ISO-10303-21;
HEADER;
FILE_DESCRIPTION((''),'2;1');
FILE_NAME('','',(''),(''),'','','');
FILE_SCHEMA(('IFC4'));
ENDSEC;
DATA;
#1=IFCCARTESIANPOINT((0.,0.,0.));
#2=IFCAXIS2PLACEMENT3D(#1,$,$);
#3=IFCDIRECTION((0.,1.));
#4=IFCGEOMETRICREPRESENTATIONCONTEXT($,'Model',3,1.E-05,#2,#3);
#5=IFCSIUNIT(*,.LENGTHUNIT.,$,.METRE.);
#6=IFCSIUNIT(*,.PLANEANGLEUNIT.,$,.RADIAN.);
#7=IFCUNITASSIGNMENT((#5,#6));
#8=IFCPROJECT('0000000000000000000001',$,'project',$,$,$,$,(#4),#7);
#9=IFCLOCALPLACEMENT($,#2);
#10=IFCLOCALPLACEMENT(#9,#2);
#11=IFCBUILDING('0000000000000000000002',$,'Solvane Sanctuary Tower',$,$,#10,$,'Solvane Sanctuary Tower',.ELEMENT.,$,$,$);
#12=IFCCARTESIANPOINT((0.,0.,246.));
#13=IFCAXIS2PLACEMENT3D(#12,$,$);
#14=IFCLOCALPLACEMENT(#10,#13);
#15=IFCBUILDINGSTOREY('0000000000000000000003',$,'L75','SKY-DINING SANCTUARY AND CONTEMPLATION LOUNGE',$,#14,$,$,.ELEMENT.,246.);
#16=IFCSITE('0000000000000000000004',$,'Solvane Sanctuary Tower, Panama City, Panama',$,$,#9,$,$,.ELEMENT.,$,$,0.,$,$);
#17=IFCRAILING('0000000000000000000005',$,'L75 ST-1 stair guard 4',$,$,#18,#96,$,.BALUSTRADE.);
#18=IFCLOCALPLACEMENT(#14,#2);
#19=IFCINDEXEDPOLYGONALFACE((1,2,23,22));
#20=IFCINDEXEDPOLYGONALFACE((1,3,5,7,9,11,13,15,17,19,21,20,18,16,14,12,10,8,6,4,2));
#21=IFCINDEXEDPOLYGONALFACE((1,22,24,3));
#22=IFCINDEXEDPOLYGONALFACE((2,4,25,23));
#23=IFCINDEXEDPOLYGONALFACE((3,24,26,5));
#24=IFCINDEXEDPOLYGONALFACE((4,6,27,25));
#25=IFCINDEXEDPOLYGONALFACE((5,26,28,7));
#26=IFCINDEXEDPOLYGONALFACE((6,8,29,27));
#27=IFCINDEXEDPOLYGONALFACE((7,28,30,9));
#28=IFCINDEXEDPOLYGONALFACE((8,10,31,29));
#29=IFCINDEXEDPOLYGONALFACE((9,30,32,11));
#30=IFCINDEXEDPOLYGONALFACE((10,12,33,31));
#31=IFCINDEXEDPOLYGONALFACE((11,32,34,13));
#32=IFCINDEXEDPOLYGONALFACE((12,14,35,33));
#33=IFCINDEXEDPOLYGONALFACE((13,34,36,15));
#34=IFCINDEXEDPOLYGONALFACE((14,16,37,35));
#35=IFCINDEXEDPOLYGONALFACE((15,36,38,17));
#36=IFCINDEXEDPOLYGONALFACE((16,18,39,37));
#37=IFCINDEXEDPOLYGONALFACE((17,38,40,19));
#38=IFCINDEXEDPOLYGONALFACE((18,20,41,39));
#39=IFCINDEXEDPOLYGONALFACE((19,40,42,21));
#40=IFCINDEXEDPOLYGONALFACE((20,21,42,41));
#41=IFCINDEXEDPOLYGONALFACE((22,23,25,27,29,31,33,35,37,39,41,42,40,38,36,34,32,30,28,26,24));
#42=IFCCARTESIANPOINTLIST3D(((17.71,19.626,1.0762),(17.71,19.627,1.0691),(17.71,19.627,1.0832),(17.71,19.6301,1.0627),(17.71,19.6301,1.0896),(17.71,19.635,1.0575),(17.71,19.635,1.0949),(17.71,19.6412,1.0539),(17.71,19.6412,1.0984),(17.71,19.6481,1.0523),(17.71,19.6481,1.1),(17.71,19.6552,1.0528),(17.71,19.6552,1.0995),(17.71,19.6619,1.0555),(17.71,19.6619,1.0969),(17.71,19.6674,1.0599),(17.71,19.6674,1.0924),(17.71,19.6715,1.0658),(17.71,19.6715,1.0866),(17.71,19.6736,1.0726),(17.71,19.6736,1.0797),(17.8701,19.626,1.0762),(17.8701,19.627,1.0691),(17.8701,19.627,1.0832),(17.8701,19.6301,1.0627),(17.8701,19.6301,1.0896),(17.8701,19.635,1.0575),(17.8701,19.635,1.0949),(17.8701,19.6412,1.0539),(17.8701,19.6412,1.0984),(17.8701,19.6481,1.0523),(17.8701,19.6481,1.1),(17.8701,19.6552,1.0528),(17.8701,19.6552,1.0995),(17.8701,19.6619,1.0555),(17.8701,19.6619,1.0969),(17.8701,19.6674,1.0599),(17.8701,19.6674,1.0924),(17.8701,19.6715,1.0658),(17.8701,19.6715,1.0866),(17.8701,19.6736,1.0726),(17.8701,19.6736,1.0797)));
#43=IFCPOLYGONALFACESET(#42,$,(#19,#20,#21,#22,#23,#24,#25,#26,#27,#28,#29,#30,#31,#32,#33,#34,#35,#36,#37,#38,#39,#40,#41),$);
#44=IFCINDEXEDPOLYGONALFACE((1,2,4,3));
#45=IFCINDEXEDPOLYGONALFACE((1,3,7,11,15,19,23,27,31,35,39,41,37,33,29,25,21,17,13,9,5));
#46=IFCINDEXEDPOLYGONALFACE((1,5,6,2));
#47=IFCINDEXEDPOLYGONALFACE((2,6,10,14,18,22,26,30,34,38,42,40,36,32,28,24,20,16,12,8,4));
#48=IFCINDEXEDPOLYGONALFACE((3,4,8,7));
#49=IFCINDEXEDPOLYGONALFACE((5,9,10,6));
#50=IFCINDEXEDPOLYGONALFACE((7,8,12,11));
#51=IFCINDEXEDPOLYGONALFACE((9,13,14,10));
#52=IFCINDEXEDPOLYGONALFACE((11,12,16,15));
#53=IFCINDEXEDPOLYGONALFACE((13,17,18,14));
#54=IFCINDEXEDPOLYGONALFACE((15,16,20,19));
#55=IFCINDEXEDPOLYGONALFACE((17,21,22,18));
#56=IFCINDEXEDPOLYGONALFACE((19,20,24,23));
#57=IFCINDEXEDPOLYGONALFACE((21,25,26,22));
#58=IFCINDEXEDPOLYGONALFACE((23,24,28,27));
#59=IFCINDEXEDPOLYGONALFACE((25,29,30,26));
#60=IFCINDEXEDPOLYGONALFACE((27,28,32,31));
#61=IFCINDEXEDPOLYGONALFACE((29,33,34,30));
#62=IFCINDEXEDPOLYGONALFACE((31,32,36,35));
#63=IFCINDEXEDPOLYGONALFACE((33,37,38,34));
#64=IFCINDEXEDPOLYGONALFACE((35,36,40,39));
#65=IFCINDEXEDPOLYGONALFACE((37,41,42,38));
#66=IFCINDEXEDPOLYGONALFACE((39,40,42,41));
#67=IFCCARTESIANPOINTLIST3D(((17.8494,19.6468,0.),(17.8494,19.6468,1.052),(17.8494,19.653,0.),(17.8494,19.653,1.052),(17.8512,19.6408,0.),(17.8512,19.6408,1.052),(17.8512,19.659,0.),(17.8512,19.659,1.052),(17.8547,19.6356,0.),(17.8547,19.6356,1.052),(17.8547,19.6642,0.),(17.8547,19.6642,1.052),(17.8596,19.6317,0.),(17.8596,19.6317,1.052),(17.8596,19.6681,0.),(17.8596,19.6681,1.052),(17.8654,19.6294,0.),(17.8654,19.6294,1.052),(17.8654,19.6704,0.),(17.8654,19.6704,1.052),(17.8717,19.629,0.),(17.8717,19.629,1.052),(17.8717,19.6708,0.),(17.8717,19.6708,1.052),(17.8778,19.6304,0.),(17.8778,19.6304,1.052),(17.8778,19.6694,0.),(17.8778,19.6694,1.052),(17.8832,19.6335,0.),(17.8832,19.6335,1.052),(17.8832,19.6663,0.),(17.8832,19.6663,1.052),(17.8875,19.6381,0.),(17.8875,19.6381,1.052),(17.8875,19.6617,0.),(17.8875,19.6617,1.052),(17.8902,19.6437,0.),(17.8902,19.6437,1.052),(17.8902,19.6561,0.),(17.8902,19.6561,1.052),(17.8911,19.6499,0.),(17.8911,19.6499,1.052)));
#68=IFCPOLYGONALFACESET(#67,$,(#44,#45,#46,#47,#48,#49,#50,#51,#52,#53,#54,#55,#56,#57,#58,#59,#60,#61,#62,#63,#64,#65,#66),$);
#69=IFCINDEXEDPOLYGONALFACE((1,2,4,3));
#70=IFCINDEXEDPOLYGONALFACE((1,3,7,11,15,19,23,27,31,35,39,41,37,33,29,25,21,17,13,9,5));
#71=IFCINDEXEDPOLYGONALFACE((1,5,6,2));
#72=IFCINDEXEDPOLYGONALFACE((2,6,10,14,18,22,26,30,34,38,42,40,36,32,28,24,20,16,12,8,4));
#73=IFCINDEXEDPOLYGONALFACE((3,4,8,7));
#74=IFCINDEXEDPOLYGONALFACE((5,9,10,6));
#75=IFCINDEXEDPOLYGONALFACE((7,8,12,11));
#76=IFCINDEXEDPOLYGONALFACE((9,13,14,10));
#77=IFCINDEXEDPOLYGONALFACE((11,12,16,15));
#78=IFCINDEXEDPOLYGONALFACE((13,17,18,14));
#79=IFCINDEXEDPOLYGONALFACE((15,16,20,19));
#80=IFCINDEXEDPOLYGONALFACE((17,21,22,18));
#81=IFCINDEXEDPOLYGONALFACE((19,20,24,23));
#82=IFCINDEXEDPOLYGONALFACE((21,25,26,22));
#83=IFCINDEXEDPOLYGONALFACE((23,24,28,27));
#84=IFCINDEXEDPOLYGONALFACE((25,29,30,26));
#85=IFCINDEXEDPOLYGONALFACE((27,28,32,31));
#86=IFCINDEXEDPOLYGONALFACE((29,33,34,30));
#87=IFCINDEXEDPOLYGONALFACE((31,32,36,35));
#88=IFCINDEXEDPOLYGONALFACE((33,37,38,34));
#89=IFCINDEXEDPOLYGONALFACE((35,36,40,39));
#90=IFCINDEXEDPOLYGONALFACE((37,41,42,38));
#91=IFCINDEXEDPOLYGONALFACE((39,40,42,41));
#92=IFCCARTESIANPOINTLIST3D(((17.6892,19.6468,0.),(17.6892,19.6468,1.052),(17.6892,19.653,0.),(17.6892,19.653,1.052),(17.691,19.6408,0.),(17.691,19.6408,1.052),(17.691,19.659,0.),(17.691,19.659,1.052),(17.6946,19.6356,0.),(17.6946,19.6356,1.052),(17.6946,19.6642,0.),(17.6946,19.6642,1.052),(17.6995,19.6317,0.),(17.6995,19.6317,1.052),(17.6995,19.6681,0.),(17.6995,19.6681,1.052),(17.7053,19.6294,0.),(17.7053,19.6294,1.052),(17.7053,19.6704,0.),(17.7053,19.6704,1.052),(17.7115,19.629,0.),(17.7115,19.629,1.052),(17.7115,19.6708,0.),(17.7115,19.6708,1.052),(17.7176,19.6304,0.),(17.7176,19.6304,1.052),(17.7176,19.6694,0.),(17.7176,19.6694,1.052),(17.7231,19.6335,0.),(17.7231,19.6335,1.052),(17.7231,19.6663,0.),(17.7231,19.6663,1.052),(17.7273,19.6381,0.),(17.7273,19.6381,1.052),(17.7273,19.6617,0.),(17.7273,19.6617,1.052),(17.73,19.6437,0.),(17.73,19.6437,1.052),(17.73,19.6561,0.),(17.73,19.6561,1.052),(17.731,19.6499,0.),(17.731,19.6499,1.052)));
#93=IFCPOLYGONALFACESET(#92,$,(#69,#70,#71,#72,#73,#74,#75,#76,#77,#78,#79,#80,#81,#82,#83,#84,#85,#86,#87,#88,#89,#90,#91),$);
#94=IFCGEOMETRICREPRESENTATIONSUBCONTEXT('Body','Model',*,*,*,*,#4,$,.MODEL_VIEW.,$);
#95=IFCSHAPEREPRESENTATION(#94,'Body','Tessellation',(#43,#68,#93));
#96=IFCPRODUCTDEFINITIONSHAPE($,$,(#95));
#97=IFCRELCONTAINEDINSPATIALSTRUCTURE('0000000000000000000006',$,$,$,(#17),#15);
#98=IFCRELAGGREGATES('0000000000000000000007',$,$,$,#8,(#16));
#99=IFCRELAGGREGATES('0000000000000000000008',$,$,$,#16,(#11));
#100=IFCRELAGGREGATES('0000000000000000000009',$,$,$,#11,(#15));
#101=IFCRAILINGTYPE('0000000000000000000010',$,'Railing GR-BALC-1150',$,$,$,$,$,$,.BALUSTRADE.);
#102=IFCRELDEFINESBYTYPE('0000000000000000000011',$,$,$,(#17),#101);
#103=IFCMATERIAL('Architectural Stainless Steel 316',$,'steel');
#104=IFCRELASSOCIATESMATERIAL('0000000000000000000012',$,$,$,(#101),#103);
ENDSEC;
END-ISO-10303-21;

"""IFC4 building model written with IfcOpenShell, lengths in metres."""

from ifc_helpers import new_model, si_unit, direction, frame, origin, origin_2d, place, context, subcontext, project, spatial, circle, extrude, material, type_object, element, save


model = new_model("IFC4")

# Units and contexts
model_context = context("Model", 3, precision=1e-05, world=origin(), true_north=direction((0.0, 1.0)))
body_context = subcontext(model_context, "Body", "Model", "MODEL_VIEW")
ifc_project = project(units=[si_unit("LENGTHUNIT", "METRE"), si_unit("PLANEANGLEUNIT", "RADIAN")], contexts=[model_context])

# Site, building, storey
site_placement = place(None, origin())
site = spatial("IfcSite", under=ifc_project, at=site_placement, Name="Solvane Sanctuary Tower, Panama City, Panama", CompositionType="ELEMENT", RefElevation=0.0)
building_placement = place(site_placement, origin())
building = spatial("IfcBuilding", under=site, at=building_placement, Name="Solvane Sanctuary Tower", LongName="Solvane Sanctuary Tower", CompositionType="ELEMENT")
storey_placement = place(building_placement, frame((0.0, 0.0, 246.0)))
storey = spatial("IfcBuildingStorey", under=building, at=storey_placement, Name="L75", Description="SKY-DINING SANCTUARY AND CONTEMPLATION LOUNGE", CompositionType="ELEMENT", Elevation=246.0)

# Shared definitions
ifc_material_1 = material(Name="Architectural Stainless Steel 316", Category="steel")

# Railing
railing_type_1 = type_object("IfcRailingType", Name="Railing GR-BALC-1150", PredefinedType="BALUSTRADE", material=ifc_material_1)
railing_1_placement = place(storey_placement, frame((17.8701, 19.6499, 0.0)))
element("IfcRailing", 1, at=railing_1_placement, inside=storey, type_object=railing_type_1, Name="L75 ST-1 stair guard 4", PredefinedType="BALUSTRADE", context=body_context, shape_type="SweptSolid", body=[
    extrude(circle(Radius=0.0239, at=origin_2d()), frame((0.0, 0.0, 1.0762), z_axis=(-1.0, 0.0, 0.0), x_axis=(0.0, -1.0, 0.0)), (0.0, 0.0, 1.0), 0.1602),
    extrude(circle(Radius=0.021, at=origin_2d()), origin(), (0.0, 0.0, 1.0), 1.052),
    extrude(circle(Radius=0.021, at=origin_2d()), frame((-0.1602, 0.0, 0.0)), (0.0, 0.0, 1.0), 1.052),
])

save(model, "model.ifc")
